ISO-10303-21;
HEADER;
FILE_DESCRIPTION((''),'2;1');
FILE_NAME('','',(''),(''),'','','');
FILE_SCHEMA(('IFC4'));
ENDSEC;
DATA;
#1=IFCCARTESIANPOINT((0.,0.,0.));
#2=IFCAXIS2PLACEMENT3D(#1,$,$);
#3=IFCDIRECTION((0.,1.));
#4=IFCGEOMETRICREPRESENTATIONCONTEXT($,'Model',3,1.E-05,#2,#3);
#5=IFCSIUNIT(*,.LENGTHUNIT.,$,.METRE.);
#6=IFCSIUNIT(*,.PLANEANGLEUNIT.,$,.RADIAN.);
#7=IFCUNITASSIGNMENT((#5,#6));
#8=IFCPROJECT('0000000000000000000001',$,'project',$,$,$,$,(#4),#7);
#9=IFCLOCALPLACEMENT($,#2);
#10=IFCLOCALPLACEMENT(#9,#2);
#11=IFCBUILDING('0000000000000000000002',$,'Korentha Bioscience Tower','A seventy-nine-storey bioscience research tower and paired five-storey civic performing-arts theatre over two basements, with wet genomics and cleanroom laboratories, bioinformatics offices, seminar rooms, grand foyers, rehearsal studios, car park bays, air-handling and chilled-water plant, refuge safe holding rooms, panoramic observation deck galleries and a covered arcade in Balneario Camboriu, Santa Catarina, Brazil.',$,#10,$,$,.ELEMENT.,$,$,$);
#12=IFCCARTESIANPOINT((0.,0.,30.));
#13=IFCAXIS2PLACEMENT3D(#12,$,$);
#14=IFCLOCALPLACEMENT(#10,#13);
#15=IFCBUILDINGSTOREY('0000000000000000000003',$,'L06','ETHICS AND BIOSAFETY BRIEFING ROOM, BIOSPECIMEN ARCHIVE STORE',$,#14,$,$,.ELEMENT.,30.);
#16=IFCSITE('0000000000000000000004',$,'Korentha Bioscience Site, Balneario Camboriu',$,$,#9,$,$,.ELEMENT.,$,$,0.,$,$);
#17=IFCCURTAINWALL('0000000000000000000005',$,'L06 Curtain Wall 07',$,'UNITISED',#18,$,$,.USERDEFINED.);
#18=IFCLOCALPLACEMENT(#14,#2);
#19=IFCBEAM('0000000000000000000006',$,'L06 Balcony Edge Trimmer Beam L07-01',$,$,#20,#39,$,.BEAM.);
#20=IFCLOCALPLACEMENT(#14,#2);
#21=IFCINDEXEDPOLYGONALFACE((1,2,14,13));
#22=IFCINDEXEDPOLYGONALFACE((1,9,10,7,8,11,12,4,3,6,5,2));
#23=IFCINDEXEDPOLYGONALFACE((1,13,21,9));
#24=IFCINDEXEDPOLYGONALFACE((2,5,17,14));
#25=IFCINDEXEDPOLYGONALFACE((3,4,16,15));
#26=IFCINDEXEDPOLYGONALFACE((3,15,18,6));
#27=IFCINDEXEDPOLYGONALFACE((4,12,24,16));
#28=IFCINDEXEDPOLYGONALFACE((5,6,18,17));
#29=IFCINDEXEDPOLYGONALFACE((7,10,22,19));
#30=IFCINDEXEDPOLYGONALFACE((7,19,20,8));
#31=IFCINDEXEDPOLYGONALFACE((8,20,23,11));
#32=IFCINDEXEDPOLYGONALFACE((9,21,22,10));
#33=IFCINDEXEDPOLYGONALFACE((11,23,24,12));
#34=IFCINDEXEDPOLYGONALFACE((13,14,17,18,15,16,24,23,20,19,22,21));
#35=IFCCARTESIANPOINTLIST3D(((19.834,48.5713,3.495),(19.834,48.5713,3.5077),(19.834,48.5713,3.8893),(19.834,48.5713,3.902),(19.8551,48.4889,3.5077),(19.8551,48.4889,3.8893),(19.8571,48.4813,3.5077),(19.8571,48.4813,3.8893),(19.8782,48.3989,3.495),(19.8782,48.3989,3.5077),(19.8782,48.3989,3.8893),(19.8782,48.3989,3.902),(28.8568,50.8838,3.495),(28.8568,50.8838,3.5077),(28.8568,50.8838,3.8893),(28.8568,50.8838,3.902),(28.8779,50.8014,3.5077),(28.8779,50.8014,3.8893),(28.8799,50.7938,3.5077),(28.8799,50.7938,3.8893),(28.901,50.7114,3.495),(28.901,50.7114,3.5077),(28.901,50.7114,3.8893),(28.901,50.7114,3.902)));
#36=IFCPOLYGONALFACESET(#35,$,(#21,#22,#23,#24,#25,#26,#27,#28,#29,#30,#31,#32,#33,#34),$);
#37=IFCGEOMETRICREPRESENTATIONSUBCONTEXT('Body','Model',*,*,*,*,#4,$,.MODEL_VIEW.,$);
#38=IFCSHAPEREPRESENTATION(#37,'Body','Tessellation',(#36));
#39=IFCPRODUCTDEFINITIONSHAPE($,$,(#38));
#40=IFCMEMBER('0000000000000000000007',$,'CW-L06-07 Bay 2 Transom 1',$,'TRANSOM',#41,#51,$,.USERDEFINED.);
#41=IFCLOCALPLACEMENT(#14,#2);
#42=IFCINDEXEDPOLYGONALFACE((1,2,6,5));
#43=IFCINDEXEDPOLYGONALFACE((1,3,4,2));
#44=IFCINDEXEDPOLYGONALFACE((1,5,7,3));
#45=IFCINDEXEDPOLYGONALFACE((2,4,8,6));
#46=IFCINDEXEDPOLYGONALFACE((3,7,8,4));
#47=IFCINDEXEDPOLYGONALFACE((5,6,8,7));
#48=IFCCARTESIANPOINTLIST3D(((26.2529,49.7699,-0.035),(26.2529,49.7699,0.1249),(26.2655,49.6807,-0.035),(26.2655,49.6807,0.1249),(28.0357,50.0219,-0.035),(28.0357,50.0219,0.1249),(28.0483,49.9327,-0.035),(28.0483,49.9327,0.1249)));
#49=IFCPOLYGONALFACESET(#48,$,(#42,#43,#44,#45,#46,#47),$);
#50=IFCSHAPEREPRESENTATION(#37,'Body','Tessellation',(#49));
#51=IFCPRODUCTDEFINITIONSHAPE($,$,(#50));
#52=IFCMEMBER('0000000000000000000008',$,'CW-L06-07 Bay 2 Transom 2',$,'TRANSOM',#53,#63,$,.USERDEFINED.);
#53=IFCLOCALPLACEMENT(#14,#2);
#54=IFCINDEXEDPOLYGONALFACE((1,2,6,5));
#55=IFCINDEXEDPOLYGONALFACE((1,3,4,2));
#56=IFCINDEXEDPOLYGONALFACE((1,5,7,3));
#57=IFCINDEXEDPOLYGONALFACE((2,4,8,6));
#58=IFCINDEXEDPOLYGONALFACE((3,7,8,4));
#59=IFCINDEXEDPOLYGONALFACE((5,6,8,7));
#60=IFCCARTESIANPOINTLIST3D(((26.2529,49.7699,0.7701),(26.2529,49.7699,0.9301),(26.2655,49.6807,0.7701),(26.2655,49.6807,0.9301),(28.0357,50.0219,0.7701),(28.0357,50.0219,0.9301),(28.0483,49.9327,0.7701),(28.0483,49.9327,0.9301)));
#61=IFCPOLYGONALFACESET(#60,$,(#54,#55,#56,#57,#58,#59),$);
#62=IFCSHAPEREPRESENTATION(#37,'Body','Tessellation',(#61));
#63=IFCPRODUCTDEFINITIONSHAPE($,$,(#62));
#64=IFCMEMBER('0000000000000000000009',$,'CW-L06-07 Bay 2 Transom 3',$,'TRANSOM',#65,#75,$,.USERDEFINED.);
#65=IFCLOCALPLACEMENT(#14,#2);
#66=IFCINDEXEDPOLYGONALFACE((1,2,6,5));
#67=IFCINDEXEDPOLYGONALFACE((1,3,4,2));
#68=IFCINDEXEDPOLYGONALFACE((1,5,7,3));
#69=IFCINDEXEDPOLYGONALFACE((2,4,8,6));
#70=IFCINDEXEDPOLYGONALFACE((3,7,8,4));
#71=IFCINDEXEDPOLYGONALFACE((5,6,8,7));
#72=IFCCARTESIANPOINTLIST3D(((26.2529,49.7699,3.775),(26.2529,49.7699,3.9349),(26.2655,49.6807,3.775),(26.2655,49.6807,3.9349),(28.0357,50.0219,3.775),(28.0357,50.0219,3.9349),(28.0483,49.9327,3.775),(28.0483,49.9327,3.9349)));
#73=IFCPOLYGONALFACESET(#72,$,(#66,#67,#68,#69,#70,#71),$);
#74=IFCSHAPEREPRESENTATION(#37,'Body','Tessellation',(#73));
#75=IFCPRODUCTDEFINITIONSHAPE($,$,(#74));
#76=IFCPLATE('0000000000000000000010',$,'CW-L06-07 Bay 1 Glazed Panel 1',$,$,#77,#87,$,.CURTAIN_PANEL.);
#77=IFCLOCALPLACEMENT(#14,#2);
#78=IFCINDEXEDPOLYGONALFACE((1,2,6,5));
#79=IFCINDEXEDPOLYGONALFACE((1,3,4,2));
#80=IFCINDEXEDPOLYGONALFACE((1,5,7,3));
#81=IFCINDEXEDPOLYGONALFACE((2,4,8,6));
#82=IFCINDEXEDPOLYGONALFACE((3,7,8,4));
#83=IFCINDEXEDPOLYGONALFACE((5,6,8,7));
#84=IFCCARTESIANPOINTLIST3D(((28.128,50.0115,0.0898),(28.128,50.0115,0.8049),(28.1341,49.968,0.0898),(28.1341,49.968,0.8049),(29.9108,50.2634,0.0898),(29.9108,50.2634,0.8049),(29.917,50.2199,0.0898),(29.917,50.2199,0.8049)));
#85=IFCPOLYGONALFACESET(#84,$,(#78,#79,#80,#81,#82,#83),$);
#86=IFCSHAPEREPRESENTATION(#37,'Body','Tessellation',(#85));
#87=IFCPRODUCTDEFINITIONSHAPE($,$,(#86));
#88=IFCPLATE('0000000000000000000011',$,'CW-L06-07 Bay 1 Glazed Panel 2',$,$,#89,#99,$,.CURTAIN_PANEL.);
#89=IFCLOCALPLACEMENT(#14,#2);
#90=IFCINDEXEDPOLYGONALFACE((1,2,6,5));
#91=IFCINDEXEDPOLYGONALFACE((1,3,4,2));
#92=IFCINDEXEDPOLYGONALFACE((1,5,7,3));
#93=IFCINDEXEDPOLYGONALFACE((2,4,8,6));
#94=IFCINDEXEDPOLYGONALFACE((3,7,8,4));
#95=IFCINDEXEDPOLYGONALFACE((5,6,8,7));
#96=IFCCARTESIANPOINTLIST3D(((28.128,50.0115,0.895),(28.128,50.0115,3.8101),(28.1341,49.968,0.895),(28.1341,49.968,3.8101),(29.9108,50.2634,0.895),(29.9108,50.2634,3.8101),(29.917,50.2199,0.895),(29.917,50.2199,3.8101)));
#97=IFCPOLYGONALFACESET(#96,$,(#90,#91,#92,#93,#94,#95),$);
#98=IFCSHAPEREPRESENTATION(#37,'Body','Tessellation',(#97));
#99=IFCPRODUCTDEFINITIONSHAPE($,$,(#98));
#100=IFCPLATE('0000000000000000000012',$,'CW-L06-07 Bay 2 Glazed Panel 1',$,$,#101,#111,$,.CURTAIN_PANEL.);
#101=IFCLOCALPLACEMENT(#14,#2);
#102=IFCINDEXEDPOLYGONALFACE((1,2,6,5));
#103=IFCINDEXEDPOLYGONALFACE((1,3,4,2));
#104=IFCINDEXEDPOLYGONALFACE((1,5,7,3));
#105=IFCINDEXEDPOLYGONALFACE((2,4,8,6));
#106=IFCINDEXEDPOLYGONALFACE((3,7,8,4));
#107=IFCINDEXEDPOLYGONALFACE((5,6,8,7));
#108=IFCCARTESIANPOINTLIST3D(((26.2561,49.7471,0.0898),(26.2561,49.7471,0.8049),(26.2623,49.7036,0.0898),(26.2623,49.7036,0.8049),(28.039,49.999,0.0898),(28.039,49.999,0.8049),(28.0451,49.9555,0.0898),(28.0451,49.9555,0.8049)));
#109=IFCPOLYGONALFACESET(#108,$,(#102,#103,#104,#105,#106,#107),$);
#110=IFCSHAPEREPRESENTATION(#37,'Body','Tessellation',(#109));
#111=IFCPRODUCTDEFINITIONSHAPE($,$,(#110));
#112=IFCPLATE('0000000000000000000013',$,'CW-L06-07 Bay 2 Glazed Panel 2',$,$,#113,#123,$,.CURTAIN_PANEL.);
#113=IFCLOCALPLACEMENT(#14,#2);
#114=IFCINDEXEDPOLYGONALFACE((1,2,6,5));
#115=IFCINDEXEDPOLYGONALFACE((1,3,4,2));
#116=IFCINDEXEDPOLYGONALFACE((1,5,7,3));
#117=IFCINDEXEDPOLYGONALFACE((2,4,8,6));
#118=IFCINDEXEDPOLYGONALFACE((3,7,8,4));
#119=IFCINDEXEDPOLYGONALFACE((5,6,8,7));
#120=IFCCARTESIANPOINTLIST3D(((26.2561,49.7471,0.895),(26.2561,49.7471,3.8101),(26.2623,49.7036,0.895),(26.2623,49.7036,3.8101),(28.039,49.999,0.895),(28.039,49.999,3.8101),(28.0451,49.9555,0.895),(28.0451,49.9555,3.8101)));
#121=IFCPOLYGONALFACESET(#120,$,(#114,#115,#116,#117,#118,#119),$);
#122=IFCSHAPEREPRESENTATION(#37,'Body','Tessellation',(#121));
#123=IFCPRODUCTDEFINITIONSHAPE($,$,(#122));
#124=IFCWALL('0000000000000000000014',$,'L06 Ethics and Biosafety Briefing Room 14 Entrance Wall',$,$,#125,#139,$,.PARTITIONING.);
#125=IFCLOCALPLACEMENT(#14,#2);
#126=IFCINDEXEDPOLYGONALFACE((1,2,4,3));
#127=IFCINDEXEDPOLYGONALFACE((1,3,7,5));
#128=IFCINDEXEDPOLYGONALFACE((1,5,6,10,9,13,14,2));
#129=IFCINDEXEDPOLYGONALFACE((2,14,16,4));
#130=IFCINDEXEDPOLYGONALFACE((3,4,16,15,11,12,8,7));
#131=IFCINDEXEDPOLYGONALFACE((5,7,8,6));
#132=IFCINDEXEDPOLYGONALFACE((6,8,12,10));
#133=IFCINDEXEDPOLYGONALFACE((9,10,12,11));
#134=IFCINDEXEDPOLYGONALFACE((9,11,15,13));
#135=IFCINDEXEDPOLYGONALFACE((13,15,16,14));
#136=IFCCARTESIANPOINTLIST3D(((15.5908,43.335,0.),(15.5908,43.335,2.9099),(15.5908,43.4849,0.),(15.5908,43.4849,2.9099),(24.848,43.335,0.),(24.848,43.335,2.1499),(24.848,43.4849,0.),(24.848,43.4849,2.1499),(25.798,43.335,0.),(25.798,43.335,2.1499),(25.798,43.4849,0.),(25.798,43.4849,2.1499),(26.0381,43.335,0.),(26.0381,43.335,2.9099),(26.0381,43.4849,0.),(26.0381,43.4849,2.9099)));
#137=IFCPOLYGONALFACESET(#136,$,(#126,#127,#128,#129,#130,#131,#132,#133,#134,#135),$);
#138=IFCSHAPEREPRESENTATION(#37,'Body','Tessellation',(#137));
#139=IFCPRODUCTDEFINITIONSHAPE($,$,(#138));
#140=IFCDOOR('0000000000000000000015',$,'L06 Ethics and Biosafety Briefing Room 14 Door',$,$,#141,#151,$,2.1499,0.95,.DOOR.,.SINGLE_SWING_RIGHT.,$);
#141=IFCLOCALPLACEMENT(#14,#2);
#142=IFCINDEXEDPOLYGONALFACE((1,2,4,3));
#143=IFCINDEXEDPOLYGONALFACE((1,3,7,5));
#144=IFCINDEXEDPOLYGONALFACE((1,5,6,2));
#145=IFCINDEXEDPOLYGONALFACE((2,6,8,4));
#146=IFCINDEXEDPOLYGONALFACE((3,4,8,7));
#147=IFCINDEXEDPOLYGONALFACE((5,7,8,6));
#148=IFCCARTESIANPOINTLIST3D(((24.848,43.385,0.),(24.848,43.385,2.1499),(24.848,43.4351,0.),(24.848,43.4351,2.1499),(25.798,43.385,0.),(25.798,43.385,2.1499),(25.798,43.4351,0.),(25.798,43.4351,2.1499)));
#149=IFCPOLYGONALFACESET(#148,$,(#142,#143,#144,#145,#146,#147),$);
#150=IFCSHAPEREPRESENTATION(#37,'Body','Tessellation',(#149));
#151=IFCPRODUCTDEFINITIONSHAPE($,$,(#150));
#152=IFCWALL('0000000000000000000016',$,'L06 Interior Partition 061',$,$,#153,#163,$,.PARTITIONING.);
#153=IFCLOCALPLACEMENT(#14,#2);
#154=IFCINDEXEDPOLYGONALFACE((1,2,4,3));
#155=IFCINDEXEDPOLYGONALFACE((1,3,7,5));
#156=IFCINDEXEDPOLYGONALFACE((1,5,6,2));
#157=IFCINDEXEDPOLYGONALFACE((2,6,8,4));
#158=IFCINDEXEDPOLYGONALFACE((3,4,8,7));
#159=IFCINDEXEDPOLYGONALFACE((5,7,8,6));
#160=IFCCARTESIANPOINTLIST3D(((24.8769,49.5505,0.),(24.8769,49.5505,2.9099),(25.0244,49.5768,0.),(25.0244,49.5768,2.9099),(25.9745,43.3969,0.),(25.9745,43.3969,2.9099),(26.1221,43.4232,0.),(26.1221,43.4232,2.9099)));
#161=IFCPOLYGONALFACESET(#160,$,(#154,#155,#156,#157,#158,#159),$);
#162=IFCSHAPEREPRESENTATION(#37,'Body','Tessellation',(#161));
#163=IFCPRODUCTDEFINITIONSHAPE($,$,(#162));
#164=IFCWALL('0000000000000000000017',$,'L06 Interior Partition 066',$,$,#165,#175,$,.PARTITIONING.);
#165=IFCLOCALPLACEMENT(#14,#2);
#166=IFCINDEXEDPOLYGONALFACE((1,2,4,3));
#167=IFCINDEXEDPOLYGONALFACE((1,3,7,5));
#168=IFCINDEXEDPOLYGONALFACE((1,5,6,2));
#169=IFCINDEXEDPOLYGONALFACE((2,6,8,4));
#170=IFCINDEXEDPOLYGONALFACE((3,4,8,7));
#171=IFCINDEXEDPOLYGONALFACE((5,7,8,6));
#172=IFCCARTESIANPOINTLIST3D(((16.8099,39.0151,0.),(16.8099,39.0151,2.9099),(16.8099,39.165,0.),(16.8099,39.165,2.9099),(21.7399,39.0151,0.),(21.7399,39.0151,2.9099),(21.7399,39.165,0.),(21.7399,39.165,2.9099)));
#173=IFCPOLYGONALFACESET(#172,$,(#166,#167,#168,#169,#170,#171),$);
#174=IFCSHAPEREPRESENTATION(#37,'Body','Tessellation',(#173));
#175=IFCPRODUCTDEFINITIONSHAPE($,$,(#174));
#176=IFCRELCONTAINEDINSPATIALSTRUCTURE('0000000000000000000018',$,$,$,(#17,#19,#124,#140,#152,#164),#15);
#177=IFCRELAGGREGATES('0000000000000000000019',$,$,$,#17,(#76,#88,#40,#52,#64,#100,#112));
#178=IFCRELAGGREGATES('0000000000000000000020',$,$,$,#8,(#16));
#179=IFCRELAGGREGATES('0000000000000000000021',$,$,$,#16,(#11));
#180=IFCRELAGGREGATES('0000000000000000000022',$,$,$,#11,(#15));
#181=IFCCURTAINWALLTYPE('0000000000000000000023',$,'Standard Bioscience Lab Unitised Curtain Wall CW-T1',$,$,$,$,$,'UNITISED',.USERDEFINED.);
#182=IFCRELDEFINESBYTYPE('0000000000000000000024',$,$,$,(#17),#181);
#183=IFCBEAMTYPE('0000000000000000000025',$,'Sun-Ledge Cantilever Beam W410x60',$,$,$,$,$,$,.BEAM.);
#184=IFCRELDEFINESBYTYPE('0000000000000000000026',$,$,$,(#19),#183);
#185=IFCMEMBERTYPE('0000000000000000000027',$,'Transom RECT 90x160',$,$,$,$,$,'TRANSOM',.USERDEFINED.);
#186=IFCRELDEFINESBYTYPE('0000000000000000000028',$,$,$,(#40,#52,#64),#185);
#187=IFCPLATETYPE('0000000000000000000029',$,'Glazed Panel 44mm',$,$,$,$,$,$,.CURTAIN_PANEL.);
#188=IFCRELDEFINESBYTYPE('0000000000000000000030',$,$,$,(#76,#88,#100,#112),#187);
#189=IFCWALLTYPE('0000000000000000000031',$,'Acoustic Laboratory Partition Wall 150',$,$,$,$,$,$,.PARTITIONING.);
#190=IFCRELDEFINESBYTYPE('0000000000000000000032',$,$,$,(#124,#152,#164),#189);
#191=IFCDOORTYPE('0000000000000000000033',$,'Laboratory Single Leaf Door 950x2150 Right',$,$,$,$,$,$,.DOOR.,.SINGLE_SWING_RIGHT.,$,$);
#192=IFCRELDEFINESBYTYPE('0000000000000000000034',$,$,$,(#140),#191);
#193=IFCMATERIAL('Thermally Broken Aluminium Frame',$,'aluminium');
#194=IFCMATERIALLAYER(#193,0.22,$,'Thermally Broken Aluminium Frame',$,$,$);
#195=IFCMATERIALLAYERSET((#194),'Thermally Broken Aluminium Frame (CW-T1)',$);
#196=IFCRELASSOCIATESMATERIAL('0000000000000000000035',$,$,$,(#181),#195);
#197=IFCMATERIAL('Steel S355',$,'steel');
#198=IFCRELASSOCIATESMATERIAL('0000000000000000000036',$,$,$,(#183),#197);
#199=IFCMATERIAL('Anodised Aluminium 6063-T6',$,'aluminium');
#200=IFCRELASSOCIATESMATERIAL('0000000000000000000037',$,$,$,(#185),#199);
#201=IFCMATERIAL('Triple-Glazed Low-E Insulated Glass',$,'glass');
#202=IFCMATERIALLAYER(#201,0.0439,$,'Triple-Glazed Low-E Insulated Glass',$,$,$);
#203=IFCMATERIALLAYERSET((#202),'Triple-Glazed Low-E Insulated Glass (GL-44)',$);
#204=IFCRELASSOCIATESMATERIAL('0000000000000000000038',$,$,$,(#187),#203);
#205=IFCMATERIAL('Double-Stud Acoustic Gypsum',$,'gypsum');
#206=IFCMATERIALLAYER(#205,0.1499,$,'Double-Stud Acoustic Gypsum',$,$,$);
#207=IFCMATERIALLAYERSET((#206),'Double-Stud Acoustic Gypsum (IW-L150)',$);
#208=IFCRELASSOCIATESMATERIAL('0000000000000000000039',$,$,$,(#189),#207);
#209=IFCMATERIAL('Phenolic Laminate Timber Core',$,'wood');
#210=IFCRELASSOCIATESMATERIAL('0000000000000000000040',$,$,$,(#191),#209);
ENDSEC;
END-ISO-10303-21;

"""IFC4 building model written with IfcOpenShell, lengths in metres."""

from ifc_helpers import new_model, si_unit, direction, frame, frame_2d, origin, origin_2d, place, context, subcontext, project, spatial, rectangle, i_section, extrude, material, layer, layer_set, material_profile, profile_set, type_object, element, fill, aggregate, save


model = new_model("IFC4")

# Units and contexts
model_context = context("Model", 3, precision=1e-05, world=origin(), true_north=direction((0.0, 1.0)))
body_context = subcontext(model_context, "Body", "Model", "MODEL_VIEW")
ifc_project = project(units=[si_unit("LENGTHUNIT", "METRE"), si_unit("PLANEANGLEUNIT", "RADIAN")], contexts=[model_context])

# Site, building, storey
site_placement = place(None, origin())
site = spatial("IfcSite", under=ifc_project, at=site_placement, Name="Korentha Bioscience Site, Balneario Camboriu", CompositionType="ELEMENT", RefElevation=0.0)
building_placement = place(site_placement, origin())
building = spatial("IfcBuilding", under=site, at=building_placement, Name="Korentha Bioscience Tower", Description="A seventy-nine-storey bioscience research tower and paired five-storey civic performing-arts theatre over two basements, with wet genomics and cleanroom laboratories, bioinformatics offices, seminar rooms, grand foyers, rehearsal studios, car park bays, air-handling and chilled-water plant, refuge safe holding rooms, panoramic observation deck galleries and a covered arcade in Balneario Camboriu, Santa Catarina, Brazil.", CompositionType="ELEMENT")
storey_placement = place(building_placement, frame((0.0, 0.0, 30.0)))
storey = spatial("IfcBuildingStorey", under=building, at=storey_placement, Name="L06", Description="ETHICS AND BIOSAFETY BRIEFING ROOM, BIOSPECIMEN ARCHIVE STORE", CompositionType="ELEMENT", Elevation=30.0)

# Shared definitions
ifc_material_1 = material(Name="Steel S355", Category="steel")

# Curtain wall
ifc_material_2 = material(Name="Thermally Broken Aluminium Frame", Category="aluminium")
ifc_layer_1 = layer(ifc_material_2, 0.22, Name="Thermally Broken Aluminium Frame")
ifc_layer_set_1 = layer_set([ifc_layer_1], Name="Thermally Broken Aluminium Frame (CW-T1)")
curtain_wall_type = type_object("IfcCurtainWallType", Name="Standard Bioscience Lab Unitised Curtain Wall CW-T1", ElementType="UNITISED", PredefinedType="USERDEFINED", material=ifc_layer_set_1)
curtain_wall_placement = place(storey_placement, origin())
curtain_wall = element("IfcCurtainWall", 1, at=curtain_wall_placement, inside=storey, type_object=curtain_wall_type, Name="L06 Curtain Wall 07", ObjectType="UNITISED", PredefinedType="USERDEFINED")
ifc_material_3 = material(Name="Anodised Aluminium 6063-T6", Category="aluminium")

# Beam
ifc_material_profile_1 = material_profile(ifc_material_1, i_section(OverallWidth=0.178, OverallDepth=0.407, WebThickness=0.0078, FlangeThickness=0.0127, at=origin_2d()), Name="Steel S355")
ifc_profile_set_1 = profile_set([ifc_material_profile_1], Name="Steel S355 (CB-410)")
beam_type_1 = type_object("IfcBeamType", Name="Sun-Ledge Cantilever Beam W410x60", PredefinedType="BEAM", material=ifc_profile_set_1)
beam_1_placement = place(storey_placement, frame((28.8789, 50.7976, 3.6985), z_axis=(-0.96869, -0.248273, 0.0), x_axis=(0.248273, -0.96869, 0.0)))
element("IfcBeam", 2, at=beam_1_placement, inside=storey, type_object=beam_type_1, Name="L06 Balcony Edge Trimmer Beam L07-01", PredefinedType="BEAM", context=body_context, shape_type="SweptSolid", body=[
    extrude(i_section(OverallWidth=0.178, OverallDepth=0.407, WebThickness=0.0078, FlangeThickness=0.0127, at=origin_2d()), origin(), (0.0, 0.0, 1.0), 9.3145),
])

# Members
ifc_material_profile_2 = material_profile(ifc_material_3, rectangle(XDim=0.0901, YDim=0.1599, at=origin_2d()), Name="Anodised Aluminium 6063-T6")
ifc_profile_set_2 = profile_set([ifc_material_profile_2], Name="Anodised Aluminium 6063-T6 (CW-TRN)")
member_type_1 = type_object("IfcMemberType", Name="Transom RECT 90x160", ElementType="TRANSOM", PredefinedType="USERDEFINED", material=ifc_profile_set_2)
member_1_placement = place(storey_placement, frame((28.042, 49.9773, 0.0449), z_axis=(-0.99016, -0.13994, 0.0), x_axis=(0.13994, -0.99016, 0.0)))
member_1 = element("IfcMember", 3, at=member_1_placement, type_object=member_type_1, Name="CW-L06-07 Bay 2 Transom 1", ObjectType="TRANSOM", PredefinedType="USERDEFINED", context=body_context, shape_type="SweptSolid", body=[
    extrude(rectangle(XDim=0.0901, YDim=0.1599, at=origin_2d()), origin(), (0.0, 0.0, 1.0), 1.8005),
])
member_2_placement = place(storey_placement, frame((28.042, 49.9773, 0.8501), z_axis=(-0.99016, -0.13994, 0.0), x_axis=(0.13994, -0.99016, 0.0)))
member_2 = element("IfcMember", 4, at=member_2_placement, type_object=member_type_1, Name="CW-L06-07 Bay 2 Transom 2", ObjectType="TRANSOM", PredefinedType="USERDEFINED", context=body_context, shape_type="SweptSolid", body=[
    extrude(rectangle(XDim=0.0901, YDim=0.1599, at=origin_2d()), origin(), (0.0, 0.0, 1.0), 1.8005),
])
member_3_placement = place(storey_placement, frame((28.042, 49.9773, 3.855), z_axis=(-0.99016, -0.13994, 0.0), x_axis=(0.13994, -0.99016, 0.0)))
member_3 = element("IfcMember", 5, at=member_3_placement, type_object=member_type_1, Name="CW-L06-07 Bay 2 Transom 3", ObjectType="TRANSOM", PredefinedType="USERDEFINED", context=body_context, shape_type="SweptSolid", body=[
    extrude(rectangle(XDim=0.0901, YDim=0.1599, at=origin_2d()), origin(), (0.0, 0.0, 1.0), 1.8005),
])

# Plates
ifc_material_4 = material(Name="Triple-Glazed Low-E Insulated Glass", Category="glass")
ifc_layer_2 = layer(ifc_material_4, 0.0439, Name="Triple-Glazed Low-E Insulated Glass")
ifc_layer_set_2 = layer_set([ifc_layer_2], Name="Triple-Glazed Low-E Insulated Glass (GL-44)")
plate_type = type_object("IfcPlateType", Name="Glazed Panel 44mm", PredefinedType="CURTAIN_PANEL", material=ifc_layer_set_2)
plate_1_placement = place(storey_placement, frame((29.0225, 50.1157, 0.0898), z_axis=(0.0, 0.0, 1.0), x_axis=(-0.990167, -0.139888, 0.0)))
plate_1 = element("IfcPlate", 6, at=plate_1_placement, type_object=plate_type, Name="CW-L06-07 Bay 1 Glazed Panel 1", PredefinedType="CURTAIN_PANEL", context=body_context, shape_type="SweptSolid", body=[
    extrude(rectangle(XDim=1.8005, YDim=0.0439, at=origin_2d()), origin(), (0.0, 0.0, 1.0), 0.7151),
])
plate_2_placement = place(storey_placement, frame((29.0225, 50.1157, 0.895), z_axis=(0.0, 0.0, 1.0), x_axis=(-0.990167, -0.139888, 0.0)))
plate_2 = element("IfcPlate", 7, at=plate_2_placement, type_object=plate_type, Name="CW-L06-07 Bay 1 Glazed Panel 2", PredefinedType="CURTAIN_PANEL", context=body_context, shape_type="SweptSolid", body=[
    extrude(rectangle(XDim=1.8005, YDim=0.0439, at=origin_2d()), origin(), (0.0, 0.0, 1.0), 2.915),
])
plate_3_placement = place(storey_placement, frame((27.1506, 49.8513, 0.0898), z_axis=(0.0, 0.0, 1.0), x_axis=(-0.990167, -0.139888, 0.0)))
plate_3 = element("IfcPlate", 8, at=plate_3_placement, type_object=plate_type, Name="CW-L06-07 Bay 2 Glazed Panel 1", PredefinedType="CURTAIN_PANEL", context=body_context, shape_type="SweptSolid", body=[
    extrude(rectangle(XDim=1.8005, YDim=0.0439, at=origin_2d()), origin(), (0.0, 0.0, 1.0), 0.7151),
])
plate_4_placement = place(storey_placement, frame((27.1506, 49.8513, 0.895), z_axis=(0.0, 0.0, 1.0), x_axis=(-0.990167, -0.139888, 0.0)))
plate_4 = element("IfcPlate", 9, at=plate_4_placement, type_object=plate_type, Name="CW-L06-07 Bay 2 Glazed Panel 2", PredefinedType="CURTAIN_PANEL", context=body_context, shape_type="SweptSolid", body=[
    extrude(rectangle(XDim=1.8005, YDim=0.0439, at=origin_2d()), origin(), (0.0, 0.0, 1.0), 2.915),
])
aggregate(curtain_wall, [plate_1, plate_2, member_1, member_2, member_3, plate_3, plate_4])

# Wall, opening, door
ifc_material_5 = material(Name="Double-Stud Acoustic Gypsum", Category="gypsum")
ifc_layer_3 = layer(ifc_material_5, 0.1499, Name="Double-Stud Acoustic Gypsum")
ifc_layer_set_3 = layer_set([ifc_layer_3], Name="Double-Stud Acoustic Gypsum (IW-L150)")
wall_type_1 = type_object("IfcWallType", Name="Acoustic Laboratory Partition Wall 150", PredefinedType="PARTITIONING", material=ifc_layer_set_3)
ifc_material_6 = material(Name="Phenolic Laminate Timber Core", Category="wood")
wall_1_placement = place(storey_placement, frame((26.0381, 43.4099, 0.0), z_axis=(0.0, 0.0, 1.0), x_axis=(-1.0, 0.0, 0.0)))
wall_1 = element("IfcWall", 10, at=wall_1_placement, inside=storey, type_object=wall_type_1, Name="L06 Ethics and Biosafety Briefing Room 14 Entrance Wall", PredefinedType="PARTITIONING", context=body_context, shape_type="SweptSolid", body=[
    extrude(rectangle(XDim=10.4473, YDim=0.1499, at=frame_2d((5.2236, 0.0))), origin(), (0.0, 0.0, 1.0), 2.9099),
])
opening_1_placement = place(wall_1_placement, frame((0.24, 0.0, 0.0)))
opening_1 = element("IfcOpeningElement", 11, at=opening_1_placement, cuts=wall_1, PredefinedType="OPENING", context=body_context, shape_type="SweptSolid", body=[
    extrude(rectangle(XDim=0.95, YDim=2.1499, at=frame_2d((0.4751, 1.075))), frame((0.0, 0.0898, 0.0), z_axis=(0.0, -1.0, 0.0), x_axis=(1.0, 0.0, 0.0)), (0.0, 0.0, 1.0), 0.1797),
])
door_type_1 = type_object("IfcDoorType", Name="Laboratory Single Leaf Door 950x2150 Right", OperationType="SINGLE_SWING_RIGHT", PredefinedType="DOOR", material=ifc_material_6)
door_1_placement = place(opening_1_placement, origin())
door_1 = element("IfcDoor", 12, at=door_1_placement, inside=storey, type_object=door_type_1, Name="L06 Ethics and Biosafety Briefing Room 14 Door", OperationType="SINGLE_SWING_RIGHT", OverallHeight=2.1499, OverallWidth=0.95, PredefinedType="DOOR", context=body_context, shape_type="SweptSolid", body=[
    extrude(rectangle(XDim=0.95, YDim=2.1499, at=frame_2d((0.4751, 1.075))), frame((0.0, 0.0249, 0.0), z_axis=(0.0, -1.0, 0.0), x_axis=(1.0, 0.0, 0.0)), (0.0, 0.0, 1.0), 0.05),
])
fill(opening_1, door_1)

# Walls
wall_2_placement = place(storey_placement, frame((26.0483, 43.4099, 0.0), z_axis=(0.0, 0.0, 1.0), x_axis=(-0.175605, 0.984461, 0.0)))
element("IfcWall", 13, at=wall_2_placement, inside=storey, type_object=wall_type_1, Name="L06 Interior Partition 061", PredefinedType="PARTITIONING", context=body_context, shape_type="SweptSolid", body=[
    extrude(rectangle(XDim=6.2507, YDim=0.1499, at=frame_2d((3.1255, 0.0))), origin(), (0.0, 0.0, 1.0), 2.9099),
])
wall_3_placement = place(storey_placement, frame((16.8101, 39.0901, 0.0), z_axis=(0.0, 0.0, 1.0), x_axis=(1.0, 0.0, 0.0)))
element("IfcWall", 14, at=wall_3_placement, inside=storey, type_object=wall_type_1, Name="L06 Interior Partition 066", PredefinedType="PARTITIONING", context=body_context, shape_type="SweptSolid", body=[
    extrude(rectangle(XDim=4.9299, YDim=0.1499, at=frame_2d((2.4648, 0.0))), origin(), (0.0, 0.0, 1.0), 2.9099),
])

save(model, "model.ifc")
